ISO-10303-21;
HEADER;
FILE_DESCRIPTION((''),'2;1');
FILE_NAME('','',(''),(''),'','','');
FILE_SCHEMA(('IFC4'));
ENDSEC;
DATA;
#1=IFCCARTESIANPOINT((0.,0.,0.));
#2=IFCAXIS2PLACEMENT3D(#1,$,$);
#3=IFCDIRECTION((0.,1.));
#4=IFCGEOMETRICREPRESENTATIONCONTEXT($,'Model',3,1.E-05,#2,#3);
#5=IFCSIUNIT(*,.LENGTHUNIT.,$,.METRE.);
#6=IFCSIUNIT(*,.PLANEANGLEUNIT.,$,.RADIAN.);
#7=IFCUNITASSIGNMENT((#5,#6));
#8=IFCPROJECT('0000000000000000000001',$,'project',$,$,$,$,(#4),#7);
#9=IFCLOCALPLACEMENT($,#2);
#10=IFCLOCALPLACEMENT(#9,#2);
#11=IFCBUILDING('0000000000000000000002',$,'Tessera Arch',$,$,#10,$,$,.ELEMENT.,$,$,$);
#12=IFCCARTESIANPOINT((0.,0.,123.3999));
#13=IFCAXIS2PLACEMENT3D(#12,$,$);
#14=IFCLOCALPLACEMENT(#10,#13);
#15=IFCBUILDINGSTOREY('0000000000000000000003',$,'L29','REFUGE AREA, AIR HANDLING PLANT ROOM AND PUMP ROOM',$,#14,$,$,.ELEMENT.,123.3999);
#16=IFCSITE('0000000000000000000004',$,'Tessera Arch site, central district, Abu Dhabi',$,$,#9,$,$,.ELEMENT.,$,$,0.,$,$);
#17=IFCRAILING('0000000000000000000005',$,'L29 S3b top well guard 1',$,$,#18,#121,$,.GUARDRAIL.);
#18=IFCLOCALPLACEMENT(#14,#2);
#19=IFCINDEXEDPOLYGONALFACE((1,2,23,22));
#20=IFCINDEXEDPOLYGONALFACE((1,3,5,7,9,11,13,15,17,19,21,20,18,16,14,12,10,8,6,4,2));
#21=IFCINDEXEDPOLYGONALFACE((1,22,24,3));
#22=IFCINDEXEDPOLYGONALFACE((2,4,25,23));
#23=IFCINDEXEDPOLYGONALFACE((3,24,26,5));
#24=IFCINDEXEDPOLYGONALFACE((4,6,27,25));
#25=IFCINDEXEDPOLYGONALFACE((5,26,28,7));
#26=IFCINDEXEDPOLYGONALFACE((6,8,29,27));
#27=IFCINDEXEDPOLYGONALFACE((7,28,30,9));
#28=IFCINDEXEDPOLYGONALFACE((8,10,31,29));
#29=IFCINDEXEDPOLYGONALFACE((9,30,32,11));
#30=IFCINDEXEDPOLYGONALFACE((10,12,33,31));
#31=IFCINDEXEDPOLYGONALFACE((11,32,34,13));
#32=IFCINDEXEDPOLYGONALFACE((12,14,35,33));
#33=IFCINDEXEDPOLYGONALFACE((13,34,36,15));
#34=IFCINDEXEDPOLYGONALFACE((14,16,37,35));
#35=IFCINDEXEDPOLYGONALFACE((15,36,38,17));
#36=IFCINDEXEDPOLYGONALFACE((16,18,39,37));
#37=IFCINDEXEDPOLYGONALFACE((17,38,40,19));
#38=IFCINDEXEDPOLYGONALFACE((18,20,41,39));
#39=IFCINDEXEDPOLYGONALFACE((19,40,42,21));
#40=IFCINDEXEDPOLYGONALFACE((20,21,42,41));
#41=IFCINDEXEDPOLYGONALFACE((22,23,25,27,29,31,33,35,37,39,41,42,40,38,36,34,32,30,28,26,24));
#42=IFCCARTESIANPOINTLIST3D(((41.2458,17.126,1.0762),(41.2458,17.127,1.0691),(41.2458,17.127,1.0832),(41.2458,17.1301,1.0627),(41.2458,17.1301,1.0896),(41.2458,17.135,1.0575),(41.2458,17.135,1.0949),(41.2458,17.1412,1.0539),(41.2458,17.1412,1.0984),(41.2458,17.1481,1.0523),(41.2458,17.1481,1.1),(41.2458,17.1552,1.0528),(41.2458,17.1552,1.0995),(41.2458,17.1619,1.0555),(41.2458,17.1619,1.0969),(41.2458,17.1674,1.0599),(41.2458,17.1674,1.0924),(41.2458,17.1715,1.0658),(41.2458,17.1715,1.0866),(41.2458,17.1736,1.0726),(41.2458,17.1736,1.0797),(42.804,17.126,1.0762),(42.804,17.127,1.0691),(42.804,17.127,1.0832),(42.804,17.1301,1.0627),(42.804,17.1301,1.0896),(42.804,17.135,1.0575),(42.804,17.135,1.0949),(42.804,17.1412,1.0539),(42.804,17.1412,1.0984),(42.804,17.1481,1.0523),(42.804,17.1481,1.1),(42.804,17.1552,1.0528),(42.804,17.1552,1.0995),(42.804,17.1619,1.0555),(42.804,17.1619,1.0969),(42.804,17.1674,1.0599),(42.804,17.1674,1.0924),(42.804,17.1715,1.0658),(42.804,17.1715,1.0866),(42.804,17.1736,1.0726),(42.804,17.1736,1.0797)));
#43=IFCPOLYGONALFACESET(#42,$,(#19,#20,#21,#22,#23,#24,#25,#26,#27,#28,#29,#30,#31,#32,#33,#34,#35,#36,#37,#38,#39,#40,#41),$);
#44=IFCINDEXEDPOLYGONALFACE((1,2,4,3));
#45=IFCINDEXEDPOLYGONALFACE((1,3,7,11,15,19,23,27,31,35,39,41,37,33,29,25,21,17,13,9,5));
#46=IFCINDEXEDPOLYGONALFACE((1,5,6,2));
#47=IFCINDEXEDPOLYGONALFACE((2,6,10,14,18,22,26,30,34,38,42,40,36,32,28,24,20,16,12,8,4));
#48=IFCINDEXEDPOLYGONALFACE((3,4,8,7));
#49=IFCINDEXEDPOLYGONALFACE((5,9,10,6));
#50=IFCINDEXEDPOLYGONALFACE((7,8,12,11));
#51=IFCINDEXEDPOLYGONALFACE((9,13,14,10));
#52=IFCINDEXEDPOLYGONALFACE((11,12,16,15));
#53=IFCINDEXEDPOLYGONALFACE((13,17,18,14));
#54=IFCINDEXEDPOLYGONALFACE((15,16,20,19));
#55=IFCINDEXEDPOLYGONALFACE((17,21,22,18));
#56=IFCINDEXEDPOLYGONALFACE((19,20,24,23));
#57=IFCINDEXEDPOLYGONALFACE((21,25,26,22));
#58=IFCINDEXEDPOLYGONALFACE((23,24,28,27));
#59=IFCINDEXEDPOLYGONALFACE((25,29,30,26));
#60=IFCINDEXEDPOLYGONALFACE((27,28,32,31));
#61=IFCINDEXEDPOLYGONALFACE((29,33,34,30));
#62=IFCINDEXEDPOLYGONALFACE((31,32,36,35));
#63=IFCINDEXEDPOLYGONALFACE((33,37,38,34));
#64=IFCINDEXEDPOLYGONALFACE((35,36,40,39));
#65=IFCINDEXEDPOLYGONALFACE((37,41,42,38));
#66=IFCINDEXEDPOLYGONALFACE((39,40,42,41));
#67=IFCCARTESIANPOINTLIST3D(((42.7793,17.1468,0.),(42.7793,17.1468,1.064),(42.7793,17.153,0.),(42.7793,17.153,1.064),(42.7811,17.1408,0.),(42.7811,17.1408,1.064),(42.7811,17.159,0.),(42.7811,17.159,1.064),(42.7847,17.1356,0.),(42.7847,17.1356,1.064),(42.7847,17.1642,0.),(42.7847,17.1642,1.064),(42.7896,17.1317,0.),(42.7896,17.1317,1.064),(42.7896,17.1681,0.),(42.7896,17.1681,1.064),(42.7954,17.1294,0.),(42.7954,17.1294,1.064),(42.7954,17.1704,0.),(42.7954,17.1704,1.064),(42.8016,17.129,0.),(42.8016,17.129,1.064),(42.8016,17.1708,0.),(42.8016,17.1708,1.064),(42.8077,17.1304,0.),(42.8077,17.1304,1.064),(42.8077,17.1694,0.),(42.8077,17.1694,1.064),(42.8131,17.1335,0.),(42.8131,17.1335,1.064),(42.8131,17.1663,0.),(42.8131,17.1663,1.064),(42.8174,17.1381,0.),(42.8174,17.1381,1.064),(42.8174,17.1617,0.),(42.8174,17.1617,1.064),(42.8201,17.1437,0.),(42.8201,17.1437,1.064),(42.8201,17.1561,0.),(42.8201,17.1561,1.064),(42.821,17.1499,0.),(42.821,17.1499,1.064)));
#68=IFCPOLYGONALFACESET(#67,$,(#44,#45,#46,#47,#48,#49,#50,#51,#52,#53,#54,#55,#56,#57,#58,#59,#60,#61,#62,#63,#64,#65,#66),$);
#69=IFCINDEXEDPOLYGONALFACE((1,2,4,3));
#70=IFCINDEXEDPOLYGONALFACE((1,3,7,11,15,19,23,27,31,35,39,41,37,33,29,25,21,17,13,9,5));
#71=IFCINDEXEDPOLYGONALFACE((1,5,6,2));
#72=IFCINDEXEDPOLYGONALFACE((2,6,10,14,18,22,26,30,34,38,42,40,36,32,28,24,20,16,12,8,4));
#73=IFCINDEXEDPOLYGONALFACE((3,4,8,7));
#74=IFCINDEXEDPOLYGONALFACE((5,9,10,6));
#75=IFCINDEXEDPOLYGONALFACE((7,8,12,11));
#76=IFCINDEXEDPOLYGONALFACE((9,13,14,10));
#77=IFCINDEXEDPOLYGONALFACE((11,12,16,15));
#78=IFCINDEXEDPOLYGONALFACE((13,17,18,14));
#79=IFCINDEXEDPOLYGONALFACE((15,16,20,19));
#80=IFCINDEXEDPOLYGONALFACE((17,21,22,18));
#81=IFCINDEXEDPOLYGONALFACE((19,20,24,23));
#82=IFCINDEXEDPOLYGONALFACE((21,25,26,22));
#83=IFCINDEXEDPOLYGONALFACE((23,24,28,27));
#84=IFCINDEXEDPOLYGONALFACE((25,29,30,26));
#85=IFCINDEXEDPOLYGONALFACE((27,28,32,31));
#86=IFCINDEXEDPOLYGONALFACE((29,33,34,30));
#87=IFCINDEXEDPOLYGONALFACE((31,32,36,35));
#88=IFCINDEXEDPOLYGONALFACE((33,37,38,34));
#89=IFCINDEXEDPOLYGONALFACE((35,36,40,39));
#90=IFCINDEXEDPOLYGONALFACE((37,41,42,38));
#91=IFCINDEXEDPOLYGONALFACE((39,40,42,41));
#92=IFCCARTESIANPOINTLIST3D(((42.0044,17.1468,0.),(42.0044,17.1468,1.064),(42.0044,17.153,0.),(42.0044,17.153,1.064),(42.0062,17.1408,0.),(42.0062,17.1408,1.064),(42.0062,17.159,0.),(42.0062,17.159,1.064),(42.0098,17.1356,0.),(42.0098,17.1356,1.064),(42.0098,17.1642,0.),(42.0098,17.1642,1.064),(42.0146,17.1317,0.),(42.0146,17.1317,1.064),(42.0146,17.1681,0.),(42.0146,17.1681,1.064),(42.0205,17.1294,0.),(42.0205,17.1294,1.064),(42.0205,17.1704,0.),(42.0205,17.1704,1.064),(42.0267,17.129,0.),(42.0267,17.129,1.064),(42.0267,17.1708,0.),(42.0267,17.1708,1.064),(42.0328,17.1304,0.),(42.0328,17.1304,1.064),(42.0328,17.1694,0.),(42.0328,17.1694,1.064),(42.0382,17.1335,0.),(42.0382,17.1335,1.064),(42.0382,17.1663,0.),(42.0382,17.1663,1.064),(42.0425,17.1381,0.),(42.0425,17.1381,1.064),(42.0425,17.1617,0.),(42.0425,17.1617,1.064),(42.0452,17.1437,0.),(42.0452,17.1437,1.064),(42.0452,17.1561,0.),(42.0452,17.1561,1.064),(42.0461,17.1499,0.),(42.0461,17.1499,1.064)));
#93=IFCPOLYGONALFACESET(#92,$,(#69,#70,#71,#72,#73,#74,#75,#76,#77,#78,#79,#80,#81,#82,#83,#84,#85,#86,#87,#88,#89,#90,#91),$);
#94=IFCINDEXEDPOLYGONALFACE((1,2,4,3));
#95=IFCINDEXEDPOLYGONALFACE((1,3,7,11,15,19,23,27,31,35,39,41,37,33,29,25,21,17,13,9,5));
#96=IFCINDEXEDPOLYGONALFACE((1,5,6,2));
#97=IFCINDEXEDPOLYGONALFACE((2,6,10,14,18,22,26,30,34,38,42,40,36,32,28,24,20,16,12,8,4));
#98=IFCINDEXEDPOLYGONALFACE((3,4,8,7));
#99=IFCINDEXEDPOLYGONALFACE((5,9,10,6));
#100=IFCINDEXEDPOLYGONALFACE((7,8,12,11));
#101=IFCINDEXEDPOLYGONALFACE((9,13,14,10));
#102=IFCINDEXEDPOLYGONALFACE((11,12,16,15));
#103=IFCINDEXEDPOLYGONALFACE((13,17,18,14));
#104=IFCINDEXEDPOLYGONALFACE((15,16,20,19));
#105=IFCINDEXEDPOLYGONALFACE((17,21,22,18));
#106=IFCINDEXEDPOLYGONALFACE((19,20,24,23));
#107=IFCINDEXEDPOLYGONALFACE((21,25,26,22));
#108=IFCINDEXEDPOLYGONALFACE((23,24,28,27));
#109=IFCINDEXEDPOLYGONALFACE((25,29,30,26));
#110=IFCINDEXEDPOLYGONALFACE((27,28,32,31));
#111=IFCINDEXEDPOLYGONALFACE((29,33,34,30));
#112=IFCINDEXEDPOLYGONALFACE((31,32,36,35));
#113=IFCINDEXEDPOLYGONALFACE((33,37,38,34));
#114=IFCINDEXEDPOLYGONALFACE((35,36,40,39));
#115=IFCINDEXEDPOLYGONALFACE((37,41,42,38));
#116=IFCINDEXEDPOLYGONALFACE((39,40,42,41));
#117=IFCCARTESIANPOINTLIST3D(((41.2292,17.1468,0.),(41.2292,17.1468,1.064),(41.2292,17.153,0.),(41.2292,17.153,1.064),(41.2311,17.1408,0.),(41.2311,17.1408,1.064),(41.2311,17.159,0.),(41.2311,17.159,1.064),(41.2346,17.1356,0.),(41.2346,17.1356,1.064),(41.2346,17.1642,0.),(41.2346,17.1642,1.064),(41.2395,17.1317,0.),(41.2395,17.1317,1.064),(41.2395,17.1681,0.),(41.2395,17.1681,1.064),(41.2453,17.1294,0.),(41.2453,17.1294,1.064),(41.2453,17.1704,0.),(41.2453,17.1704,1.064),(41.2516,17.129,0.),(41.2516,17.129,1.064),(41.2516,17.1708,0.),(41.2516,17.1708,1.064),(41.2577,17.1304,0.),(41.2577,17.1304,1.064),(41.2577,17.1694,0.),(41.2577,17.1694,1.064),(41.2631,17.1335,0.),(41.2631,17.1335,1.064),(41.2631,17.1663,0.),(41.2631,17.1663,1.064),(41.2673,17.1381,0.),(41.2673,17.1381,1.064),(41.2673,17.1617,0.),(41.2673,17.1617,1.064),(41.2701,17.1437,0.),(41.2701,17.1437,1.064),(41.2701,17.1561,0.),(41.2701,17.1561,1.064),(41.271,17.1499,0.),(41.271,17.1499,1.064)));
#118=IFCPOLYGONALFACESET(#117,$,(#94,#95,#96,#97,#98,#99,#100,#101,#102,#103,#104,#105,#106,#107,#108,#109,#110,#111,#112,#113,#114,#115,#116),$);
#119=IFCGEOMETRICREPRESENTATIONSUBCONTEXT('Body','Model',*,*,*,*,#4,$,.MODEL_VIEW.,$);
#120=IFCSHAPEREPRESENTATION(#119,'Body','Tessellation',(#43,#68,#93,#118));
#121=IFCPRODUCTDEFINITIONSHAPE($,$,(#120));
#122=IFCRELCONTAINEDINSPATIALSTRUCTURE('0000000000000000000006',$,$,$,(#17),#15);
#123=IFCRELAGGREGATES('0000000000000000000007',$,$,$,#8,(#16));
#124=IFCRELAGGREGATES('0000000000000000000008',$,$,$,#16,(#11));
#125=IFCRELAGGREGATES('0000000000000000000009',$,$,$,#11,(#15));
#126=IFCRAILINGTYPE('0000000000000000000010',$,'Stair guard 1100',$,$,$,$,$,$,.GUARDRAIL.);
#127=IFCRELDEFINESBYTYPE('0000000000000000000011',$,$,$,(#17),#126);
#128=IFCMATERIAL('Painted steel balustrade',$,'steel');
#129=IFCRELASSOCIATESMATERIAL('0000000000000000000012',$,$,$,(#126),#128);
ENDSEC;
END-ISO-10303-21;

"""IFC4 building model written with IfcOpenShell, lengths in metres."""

from ifc_helpers import new_model, si_unit, direction, frame, origin, origin_2d, place, context, subcontext, project, spatial, circle, extrude, material, type_object, element, save


model = new_model("IFC4")

# Units and contexts
model_context = context("Model", 3, precision=1e-05, world=origin(), true_north=direction((0.0, 1.0)))
body_context = subcontext(model_context, "Body", "Model", "MODEL_VIEW")
ifc_project = project(units=[si_unit("LENGTHUNIT", "METRE"), si_unit("PLANEANGLEUNIT", "RADIAN")], contexts=[model_context])

# Site, building, storey
site_placement = place(None, origin())
site = spatial("IfcSite", under=ifc_project, at=site_placement, Name="Tessera Arch site, central district, Abu Dhabi", CompositionType="ELEMENT", RefElevation=0.0)
building_placement = place(site_placement, origin())
building = spatial("IfcBuilding", under=site, at=building_placement, Name="Tessera Arch", CompositionType="ELEMENT")
storey_placement = place(building_placement, frame((0.0, 0.0, 123.3999)))
storey = spatial("IfcBuildingStorey", under=building, at=storey_placement, Name="L29", Description="REFUGE AREA, AIR HANDLING PLANT ROOM AND PUMP ROOM", CompositionType="ELEMENT", Elevation=123.3999)

# Railing
ifc_material_1 = material(Name="Painted steel balustrade", Category="steel")
railing_type = type_object("IfcRailingType", Name="Stair guard 1100", PredefinedType="GUARDRAIL", material=ifc_material_1)
railing_1_placement = place(storey_placement, frame((42.8, 17.1499, 0.0)))
element("IfcRailing", 1, at=railing_1_placement, inside=storey, type_object=railing_type, Name="L29 S3b top well guard 1", PredefinedType="GUARDRAIL", context=body_context, shape_type="SweptSolid", body=[
    extrude(circle(Radius=0.0239, at=origin_2d()), frame((0.0039, 0.0, 1.0762), z_axis=(-1.0, 0.0, 0.0), x_axis=(0.0, -1.0, 0.0)), (0.0, 0.0, 1.0), 1.5581),
    extrude(circle(Radius=0.021, at=origin_2d()), origin(), (0.0, 0.0, 1.0), 1.064),
    extrude(circle(Radius=0.021, at=origin_2d()), frame((-0.7749, 0.0, 0.0)), (0.0, 0.0, 1.0), 1.064),
    extrude(circle(Radius=0.021, at=origin_2d()), frame((-1.55, 0.0, 0.0)), (0.0, 0.0, 1.0), 1.064),
])

save(model, "model.ifc")
